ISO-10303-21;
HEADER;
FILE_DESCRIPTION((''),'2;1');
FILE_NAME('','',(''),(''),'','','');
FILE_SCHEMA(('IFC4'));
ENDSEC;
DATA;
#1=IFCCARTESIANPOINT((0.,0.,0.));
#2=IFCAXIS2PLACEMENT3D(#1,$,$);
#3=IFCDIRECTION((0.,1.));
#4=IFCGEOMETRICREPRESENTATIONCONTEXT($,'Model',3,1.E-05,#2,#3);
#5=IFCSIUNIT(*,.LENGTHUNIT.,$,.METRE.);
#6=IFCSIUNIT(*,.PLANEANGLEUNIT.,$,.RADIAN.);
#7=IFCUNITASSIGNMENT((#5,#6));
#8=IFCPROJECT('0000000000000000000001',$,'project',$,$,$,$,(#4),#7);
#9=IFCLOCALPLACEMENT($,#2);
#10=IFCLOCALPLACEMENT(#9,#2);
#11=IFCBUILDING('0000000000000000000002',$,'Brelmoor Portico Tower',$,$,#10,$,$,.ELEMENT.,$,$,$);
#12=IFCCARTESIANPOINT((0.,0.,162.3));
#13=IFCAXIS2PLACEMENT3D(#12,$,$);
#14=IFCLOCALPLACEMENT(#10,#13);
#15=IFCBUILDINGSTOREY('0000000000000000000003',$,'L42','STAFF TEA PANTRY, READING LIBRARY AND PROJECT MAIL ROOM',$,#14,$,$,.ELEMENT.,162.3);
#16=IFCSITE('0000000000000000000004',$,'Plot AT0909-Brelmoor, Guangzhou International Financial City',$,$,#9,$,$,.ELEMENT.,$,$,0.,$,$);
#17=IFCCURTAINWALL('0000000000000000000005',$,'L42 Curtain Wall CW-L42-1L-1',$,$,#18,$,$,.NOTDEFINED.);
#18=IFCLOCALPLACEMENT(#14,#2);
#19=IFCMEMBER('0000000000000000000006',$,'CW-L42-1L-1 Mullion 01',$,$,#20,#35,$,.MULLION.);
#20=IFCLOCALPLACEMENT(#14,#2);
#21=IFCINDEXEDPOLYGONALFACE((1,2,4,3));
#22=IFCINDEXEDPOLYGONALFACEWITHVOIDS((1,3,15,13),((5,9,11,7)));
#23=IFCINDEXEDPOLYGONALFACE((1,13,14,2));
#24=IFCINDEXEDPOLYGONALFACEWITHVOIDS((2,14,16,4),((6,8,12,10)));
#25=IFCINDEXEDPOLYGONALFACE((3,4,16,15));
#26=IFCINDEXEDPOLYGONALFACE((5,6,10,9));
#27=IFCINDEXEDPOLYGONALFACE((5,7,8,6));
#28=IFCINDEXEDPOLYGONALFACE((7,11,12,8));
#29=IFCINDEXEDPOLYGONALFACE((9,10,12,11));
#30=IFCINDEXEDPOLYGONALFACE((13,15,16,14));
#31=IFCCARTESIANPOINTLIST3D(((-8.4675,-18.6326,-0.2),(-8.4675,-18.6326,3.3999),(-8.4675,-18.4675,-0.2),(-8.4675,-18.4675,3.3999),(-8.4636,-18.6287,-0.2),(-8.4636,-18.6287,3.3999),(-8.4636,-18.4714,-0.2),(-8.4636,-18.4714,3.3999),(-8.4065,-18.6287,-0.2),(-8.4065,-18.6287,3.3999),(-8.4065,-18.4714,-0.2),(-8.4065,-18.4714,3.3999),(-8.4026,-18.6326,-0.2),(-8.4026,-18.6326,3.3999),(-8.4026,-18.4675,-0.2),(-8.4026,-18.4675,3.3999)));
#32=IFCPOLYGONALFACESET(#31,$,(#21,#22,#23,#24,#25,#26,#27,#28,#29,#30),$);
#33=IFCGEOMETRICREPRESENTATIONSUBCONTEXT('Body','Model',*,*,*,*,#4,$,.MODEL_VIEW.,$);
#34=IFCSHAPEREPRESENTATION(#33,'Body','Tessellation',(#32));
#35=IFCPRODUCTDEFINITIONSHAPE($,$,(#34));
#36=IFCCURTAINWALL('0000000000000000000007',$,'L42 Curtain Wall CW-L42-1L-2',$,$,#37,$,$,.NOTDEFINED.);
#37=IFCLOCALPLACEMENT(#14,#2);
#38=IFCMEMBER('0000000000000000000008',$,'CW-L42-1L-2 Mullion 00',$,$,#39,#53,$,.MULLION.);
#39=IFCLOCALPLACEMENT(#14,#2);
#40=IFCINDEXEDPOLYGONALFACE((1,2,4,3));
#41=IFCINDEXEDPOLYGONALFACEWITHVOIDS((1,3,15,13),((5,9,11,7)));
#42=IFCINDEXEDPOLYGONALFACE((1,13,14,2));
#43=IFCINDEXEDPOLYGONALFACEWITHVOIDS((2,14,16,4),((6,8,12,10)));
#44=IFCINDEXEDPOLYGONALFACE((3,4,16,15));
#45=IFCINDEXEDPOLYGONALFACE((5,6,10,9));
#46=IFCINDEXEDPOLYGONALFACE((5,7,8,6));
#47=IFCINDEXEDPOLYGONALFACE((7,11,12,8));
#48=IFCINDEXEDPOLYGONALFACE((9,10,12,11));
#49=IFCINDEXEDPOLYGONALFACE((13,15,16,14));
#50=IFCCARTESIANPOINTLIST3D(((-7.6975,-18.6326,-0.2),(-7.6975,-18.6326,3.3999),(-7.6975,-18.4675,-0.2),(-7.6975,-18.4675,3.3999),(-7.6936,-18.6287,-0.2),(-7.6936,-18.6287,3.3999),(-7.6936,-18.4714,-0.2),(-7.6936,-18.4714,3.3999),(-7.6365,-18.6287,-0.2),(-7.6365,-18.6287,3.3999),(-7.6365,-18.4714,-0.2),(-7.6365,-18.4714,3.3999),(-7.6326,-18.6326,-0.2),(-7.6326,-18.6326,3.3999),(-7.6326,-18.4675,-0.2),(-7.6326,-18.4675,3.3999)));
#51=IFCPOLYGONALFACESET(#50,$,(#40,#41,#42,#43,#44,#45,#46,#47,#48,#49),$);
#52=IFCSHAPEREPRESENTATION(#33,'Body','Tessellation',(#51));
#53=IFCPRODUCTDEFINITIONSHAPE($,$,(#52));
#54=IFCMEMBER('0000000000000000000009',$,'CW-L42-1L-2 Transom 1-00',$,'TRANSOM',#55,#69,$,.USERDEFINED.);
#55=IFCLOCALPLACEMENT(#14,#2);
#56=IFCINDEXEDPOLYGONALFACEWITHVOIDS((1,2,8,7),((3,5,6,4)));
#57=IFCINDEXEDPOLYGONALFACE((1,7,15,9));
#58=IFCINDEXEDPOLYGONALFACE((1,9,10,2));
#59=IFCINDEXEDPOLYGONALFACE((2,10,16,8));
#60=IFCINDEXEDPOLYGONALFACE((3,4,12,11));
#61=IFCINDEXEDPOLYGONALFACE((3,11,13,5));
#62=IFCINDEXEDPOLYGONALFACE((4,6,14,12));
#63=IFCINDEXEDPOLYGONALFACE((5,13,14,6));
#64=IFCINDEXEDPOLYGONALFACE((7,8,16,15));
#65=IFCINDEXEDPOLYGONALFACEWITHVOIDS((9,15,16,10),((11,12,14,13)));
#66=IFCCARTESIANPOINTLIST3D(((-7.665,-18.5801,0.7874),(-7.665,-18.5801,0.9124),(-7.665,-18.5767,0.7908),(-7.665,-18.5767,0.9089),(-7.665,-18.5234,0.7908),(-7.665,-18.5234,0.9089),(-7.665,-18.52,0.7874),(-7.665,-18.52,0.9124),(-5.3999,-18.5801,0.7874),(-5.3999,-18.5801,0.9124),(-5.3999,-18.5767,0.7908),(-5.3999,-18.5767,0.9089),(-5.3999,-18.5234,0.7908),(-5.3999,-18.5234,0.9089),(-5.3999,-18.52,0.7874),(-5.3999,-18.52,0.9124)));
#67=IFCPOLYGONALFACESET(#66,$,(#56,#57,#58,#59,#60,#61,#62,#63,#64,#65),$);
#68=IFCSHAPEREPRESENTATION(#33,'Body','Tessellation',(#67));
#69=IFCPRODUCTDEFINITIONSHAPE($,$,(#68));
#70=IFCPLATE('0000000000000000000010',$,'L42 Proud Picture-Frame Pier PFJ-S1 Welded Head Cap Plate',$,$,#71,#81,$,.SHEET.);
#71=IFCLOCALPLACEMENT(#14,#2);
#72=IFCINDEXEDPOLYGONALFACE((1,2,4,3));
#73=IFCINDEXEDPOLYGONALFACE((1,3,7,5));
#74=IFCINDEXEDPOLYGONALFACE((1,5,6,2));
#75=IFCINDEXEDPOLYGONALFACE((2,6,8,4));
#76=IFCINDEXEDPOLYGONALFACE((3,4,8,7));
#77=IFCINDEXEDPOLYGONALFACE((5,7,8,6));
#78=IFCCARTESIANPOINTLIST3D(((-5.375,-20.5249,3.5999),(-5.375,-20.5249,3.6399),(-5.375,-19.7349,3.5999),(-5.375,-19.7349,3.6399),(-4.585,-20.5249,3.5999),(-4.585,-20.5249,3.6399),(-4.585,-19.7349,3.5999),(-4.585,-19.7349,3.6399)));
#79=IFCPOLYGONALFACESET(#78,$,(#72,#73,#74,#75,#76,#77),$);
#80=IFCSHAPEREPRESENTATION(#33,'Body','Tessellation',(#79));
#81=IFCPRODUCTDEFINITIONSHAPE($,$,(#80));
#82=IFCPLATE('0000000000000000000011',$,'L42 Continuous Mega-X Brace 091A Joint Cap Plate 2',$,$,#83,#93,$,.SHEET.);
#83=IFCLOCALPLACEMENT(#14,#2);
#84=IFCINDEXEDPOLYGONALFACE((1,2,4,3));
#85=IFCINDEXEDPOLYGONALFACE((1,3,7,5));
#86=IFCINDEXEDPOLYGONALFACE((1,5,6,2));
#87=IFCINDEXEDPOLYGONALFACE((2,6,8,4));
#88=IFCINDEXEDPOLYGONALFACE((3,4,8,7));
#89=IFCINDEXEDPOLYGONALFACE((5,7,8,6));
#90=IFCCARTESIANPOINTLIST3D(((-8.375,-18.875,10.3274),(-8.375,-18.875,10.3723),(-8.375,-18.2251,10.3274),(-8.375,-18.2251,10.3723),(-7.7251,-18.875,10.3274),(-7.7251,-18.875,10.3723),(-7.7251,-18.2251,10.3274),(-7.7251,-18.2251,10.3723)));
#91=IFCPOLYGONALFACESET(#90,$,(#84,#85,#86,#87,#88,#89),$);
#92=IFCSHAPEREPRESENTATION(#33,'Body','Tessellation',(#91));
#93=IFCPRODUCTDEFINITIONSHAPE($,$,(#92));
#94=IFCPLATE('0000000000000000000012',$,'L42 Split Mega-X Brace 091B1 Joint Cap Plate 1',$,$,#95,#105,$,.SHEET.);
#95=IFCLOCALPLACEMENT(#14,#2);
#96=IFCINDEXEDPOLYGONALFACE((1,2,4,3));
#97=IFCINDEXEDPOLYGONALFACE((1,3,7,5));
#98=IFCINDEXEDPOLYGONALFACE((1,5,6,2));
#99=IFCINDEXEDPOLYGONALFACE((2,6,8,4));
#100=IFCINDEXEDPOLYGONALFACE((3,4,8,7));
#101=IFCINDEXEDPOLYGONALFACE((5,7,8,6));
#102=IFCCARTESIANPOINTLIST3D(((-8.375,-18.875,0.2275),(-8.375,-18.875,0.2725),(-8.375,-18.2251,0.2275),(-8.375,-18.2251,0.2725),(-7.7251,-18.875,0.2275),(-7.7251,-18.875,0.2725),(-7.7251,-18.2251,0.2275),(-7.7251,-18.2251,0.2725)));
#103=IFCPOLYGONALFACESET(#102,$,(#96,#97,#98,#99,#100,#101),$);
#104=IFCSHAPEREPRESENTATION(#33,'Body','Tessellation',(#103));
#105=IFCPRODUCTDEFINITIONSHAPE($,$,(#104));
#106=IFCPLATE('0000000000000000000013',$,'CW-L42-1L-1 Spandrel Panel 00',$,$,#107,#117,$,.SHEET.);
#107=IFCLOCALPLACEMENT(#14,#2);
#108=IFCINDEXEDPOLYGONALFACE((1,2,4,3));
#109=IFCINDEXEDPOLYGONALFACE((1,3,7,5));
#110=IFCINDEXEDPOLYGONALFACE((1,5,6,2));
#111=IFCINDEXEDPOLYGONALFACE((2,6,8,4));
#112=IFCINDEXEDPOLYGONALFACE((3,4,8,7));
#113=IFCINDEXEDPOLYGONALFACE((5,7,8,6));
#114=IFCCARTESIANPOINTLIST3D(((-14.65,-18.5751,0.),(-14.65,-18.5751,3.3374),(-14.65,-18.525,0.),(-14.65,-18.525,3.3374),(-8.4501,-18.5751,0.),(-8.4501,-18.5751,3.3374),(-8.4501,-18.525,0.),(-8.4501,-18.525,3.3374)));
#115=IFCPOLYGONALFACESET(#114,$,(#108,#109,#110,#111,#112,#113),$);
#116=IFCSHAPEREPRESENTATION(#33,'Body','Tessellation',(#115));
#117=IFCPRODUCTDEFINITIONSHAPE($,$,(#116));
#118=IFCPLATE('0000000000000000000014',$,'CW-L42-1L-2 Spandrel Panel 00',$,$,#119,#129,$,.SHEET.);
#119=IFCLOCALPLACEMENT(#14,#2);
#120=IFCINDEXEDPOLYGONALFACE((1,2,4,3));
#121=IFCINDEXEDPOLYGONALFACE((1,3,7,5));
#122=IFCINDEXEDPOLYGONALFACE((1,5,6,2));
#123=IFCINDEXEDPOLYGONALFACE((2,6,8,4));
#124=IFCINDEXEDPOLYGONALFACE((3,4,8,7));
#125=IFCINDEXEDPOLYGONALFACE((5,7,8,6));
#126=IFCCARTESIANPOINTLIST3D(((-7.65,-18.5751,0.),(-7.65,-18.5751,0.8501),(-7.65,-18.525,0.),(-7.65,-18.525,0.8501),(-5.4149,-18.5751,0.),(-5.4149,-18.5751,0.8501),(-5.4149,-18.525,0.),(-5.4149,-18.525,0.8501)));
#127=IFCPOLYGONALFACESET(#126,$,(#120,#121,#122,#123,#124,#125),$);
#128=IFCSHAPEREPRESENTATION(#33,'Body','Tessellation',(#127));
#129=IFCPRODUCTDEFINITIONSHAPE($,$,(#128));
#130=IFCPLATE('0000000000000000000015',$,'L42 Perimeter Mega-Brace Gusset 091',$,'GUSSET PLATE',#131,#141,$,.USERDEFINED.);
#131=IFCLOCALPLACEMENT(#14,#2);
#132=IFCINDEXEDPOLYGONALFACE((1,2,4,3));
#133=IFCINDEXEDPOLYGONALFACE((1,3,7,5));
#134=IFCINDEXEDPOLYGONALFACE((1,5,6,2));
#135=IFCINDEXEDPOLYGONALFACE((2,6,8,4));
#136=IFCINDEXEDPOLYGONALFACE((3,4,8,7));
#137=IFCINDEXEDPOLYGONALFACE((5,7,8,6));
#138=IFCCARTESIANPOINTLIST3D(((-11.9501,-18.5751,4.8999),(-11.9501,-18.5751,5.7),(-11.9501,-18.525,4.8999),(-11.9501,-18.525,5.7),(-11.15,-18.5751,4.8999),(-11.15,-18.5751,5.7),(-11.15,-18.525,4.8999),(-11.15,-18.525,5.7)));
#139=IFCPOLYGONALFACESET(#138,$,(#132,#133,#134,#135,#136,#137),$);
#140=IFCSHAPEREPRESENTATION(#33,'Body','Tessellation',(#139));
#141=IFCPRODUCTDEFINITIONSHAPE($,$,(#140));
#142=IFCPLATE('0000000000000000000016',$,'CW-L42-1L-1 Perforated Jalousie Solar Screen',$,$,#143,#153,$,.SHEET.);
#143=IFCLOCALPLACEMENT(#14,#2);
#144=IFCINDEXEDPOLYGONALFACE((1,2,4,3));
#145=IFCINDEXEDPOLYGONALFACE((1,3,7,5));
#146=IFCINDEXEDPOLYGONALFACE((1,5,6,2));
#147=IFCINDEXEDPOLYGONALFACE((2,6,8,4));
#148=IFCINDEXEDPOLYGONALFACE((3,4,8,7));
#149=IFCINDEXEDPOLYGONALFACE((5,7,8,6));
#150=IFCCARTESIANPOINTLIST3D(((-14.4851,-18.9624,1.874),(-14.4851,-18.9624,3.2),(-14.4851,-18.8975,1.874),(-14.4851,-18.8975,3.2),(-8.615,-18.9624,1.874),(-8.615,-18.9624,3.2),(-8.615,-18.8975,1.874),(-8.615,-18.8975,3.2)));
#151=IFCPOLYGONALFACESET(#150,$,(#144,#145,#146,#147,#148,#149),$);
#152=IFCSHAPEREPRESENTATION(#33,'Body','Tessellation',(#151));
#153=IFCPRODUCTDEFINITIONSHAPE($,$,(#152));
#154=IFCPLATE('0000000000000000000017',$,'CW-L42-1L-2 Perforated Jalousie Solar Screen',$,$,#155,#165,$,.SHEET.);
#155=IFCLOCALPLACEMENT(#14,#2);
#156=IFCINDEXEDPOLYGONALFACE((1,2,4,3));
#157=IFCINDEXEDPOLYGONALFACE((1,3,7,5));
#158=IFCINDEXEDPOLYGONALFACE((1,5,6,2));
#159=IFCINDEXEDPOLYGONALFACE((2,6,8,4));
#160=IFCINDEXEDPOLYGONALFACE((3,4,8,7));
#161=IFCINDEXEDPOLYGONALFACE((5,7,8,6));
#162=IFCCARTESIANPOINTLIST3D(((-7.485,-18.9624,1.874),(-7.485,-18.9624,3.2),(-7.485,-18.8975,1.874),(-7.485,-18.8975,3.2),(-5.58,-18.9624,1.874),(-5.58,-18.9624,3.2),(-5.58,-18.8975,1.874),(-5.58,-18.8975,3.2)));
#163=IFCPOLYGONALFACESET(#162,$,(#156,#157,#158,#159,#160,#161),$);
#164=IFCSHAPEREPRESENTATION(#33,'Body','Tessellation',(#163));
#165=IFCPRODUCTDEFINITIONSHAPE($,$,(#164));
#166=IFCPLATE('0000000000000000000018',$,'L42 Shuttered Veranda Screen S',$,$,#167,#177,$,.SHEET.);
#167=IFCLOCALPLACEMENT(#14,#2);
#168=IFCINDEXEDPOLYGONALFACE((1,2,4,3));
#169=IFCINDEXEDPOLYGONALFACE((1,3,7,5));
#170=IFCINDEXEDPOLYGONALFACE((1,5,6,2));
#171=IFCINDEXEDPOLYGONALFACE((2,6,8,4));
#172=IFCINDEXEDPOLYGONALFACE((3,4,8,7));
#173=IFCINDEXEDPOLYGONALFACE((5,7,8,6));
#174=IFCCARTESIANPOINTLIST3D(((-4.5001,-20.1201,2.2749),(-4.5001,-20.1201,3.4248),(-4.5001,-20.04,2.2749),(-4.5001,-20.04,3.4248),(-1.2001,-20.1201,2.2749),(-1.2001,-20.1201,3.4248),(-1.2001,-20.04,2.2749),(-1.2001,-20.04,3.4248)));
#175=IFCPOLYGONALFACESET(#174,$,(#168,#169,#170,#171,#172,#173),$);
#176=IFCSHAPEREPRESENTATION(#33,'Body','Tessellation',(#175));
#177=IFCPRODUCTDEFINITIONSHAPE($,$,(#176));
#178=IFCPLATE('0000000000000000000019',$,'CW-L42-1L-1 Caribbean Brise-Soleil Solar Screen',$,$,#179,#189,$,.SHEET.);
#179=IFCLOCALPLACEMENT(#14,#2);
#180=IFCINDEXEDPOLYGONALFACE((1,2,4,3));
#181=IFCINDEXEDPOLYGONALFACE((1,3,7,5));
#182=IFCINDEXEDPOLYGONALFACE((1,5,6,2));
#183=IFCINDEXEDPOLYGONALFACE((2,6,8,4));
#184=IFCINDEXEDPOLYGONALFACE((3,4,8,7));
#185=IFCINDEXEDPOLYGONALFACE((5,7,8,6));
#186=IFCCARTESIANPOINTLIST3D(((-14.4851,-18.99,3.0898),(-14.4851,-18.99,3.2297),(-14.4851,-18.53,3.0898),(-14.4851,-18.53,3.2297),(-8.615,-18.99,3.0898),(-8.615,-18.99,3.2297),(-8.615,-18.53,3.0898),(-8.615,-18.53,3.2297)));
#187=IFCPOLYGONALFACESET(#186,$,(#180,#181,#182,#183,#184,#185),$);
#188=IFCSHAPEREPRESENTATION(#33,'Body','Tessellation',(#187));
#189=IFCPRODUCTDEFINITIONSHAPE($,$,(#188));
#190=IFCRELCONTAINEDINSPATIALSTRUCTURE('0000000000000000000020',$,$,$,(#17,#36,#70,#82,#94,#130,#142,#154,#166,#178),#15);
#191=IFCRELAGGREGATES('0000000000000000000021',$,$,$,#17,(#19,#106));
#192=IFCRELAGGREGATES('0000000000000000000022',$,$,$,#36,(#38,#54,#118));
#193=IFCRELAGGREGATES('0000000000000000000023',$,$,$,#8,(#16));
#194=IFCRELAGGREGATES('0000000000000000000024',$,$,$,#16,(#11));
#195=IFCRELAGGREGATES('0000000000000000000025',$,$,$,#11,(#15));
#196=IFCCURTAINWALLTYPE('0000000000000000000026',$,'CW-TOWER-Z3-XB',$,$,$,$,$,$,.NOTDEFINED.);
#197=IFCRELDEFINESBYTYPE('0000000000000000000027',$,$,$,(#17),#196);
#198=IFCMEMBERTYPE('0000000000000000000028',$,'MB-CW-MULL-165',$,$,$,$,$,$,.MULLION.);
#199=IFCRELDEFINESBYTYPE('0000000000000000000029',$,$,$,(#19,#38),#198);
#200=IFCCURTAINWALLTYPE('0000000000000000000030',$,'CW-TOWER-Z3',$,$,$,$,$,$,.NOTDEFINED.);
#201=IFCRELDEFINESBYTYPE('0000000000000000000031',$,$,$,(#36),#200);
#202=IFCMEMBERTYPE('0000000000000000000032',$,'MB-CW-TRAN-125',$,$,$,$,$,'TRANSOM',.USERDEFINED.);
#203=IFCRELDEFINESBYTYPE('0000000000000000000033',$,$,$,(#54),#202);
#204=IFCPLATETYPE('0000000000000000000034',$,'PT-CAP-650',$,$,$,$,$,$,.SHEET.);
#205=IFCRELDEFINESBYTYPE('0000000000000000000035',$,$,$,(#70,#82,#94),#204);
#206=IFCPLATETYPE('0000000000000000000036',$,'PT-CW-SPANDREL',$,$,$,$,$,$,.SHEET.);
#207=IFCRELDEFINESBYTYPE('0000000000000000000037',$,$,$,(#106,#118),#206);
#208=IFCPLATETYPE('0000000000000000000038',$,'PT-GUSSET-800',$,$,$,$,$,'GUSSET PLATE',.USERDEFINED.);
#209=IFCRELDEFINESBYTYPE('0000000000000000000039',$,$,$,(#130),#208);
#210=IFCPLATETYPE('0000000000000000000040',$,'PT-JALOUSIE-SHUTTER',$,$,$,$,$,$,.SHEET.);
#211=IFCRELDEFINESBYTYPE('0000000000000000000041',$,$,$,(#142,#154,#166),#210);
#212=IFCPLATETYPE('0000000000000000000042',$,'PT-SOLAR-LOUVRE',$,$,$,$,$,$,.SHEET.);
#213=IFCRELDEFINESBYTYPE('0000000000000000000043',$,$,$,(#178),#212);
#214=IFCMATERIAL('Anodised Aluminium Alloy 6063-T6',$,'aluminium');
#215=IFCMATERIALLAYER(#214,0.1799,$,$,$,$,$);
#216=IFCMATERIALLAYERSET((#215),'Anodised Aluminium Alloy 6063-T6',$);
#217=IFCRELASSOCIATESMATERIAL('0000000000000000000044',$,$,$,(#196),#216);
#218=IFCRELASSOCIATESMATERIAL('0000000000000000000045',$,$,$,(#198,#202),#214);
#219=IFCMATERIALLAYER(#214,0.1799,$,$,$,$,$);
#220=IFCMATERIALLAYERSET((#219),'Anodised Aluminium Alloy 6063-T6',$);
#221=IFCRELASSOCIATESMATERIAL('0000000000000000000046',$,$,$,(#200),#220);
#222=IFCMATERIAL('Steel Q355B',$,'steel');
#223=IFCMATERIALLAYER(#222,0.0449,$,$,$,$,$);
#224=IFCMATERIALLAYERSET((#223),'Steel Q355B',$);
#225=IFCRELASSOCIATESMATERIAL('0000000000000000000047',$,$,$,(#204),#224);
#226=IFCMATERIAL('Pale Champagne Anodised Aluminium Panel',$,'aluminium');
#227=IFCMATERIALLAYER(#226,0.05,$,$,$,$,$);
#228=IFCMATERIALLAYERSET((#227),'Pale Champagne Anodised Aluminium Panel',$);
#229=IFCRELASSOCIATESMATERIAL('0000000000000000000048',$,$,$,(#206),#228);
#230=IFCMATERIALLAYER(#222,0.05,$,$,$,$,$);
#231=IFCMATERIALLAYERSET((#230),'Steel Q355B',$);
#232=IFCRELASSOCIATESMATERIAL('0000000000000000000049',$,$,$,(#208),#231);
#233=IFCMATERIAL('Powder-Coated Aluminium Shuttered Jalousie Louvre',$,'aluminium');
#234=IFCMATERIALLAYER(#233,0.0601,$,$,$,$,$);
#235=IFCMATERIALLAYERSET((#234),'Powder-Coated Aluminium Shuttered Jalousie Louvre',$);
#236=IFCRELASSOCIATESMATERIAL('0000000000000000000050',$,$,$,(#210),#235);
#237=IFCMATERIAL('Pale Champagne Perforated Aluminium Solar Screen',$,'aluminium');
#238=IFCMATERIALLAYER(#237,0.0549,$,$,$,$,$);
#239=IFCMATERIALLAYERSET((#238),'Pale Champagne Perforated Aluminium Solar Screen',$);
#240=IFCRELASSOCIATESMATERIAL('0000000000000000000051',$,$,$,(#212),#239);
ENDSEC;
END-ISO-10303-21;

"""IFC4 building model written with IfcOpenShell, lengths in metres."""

from ifc_helpers import new_model, si_unit, direction, frame, origin, origin_2d, place, context, subcontext, project, spatial, rectangle, hollow_rectangle, extrude, material, layer, layer_set, material_profile, profile_set, type_object, element, aggregate, save


model = new_model("IFC4")

# Units and contexts
model_context = context("Model", 3, precision=1e-05, world=origin(), true_north=direction((0.0, 1.0)))
body_context = subcontext(model_context, "Body", "Model", "MODEL_VIEW")
ifc_project = project(units=[si_unit("LENGTHUNIT", "METRE"), si_unit("PLANEANGLEUNIT", "RADIAN")], contexts=[model_context])

# Site, building, storey
site_placement = place(None, origin())
site = spatial("IfcSite", under=ifc_project, at=site_placement, Name="Plot AT0909-Brelmoor, Guangzhou International Financial City", CompositionType="ELEMENT", RefElevation=0.0)
building_placement = place(site_placement, origin())
building = spatial("IfcBuilding", under=site, at=building_placement, Name="Brelmoor Portico Tower", CompositionType="ELEMENT")
storey_placement = place(building_placement, frame((0.0, 0.0, 162.3)))
storey = spatial("IfcBuildingStorey", under=building, at=storey_placement, Name="L42", Description="STAFF TEA PANTRY, READING LIBRARY AND PROJECT MAIL ROOM", CompositionType="ELEMENT", Elevation=162.3)

# Shared definitions
ifc_material_1 = material(Name="Steel Q355B", Category="steel")

# Curtain wall, member
ifc_material_2 = material(Name="Anodised Aluminium Alloy 6063-T6", Category="aluminium")
ifc_layer_1 = layer(ifc_material_2, 0.1799)
ifc_layer_set_1 = layer_set([ifc_layer_1], Name="Anodised Aluminium Alloy 6063-T6")
curtain_wall_type_1 = type_object("IfcCurtainWallType", Name="CW-TOWER-Z3-XB", PredefinedType="NOTDEFINED", material=ifc_layer_set_1)
curtain_wall_1_placement = place(storey_placement, origin())
curtain_wall_1 = element("IfcCurtainWall", 1, at=curtain_wall_1_placement, inside=storey, type_object=curtain_wall_type_1, Name="L42 Curtain Wall CW-L42-1L-1", PredefinedType="NOTDEFINED")
ifc_material_profile_1 = material_profile(ifc_material_2, hollow_rectangle(XDim=0.0649, YDim=0.165, WallThickness=0.0039, at=origin_2d()), Name="ALU MULLION 65x165")
ifc_profile_set_1 = profile_set([ifc_material_profile_1], Name="Anodised Aluminium Alloy 6063-T6")
member_type_1 = type_object("IfcMemberType", Name="MB-CW-MULL-165", PredefinedType="MULLION", material=ifc_profile_set_1)
member_1_placement = place(storey_placement, frame((-8.4351, -18.55, -0.2), z_axis=(0.0, 0.0, 1.0), x_axis=(1.0, 0.0, 0.0)))
member_1 = element("IfcMember", 2, at=member_1_placement, type_object=member_type_1, Name="CW-L42-1L-1 Mullion 01", PredefinedType="MULLION", context=body_context, shape_type="SweptSolid", body=[
    extrude(hollow_rectangle(XDim=0.0649, YDim=0.165, WallThickness=0.0039, at=origin_2d()), origin(), (0.0, 0.0, 1.0), 3.5999),
])

# Curtain wall, members
ifc_layer_2 = layer(ifc_material_2, 0.1799)
ifc_layer_set_2 = layer_set([ifc_layer_2], Name="Anodised Aluminium Alloy 6063-T6")
curtain_wall_type_2 = type_object("IfcCurtainWallType", Name="CW-TOWER-Z3", PredefinedType="NOTDEFINED", material=ifc_layer_set_2)
curtain_wall_2_placement = place(storey_placement, origin())
curtain_wall_2 = element("IfcCurtainWall", 3, at=curtain_wall_2_placement, inside=storey, type_object=curtain_wall_type_2, Name="L42 Curtain Wall CW-L42-1L-2", PredefinedType="NOTDEFINED")
member_2_placement = place(storey_placement, frame((-7.665, -18.55, -0.2), z_axis=(0.0, 0.0, 1.0), x_axis=(1.0, 0.0, 0.0)))
member_2 = element("IfcMember", 4, at=member_2_placement, type_object=member_type_1, Name="CW-L42-1L-2 Mullion 00", PredefinedType="MULLION", context=body_context, shape_type="SweptSolid", body=[
    extrude(hollow_rectangle(XDim=0.0649, YDim=0.165, WallThickness=0.0039, at=origin_2d()), origin(), (0.0, 0.0, 1.0), 3.5999),
])
ifc_material_profile_2 = material_profile(ifc_material_2, hollow_rectangle(XDim=0.0601, YDim=0.125, WallThickness=0.0034, at=origin_2d()), Name="ALU TRANSOM 60x125")
ifc_profile_set_2 = profile_set([ifc_material_profile_2], Name="Anodised Aluminium Alloy 6063-T6")
member_type_2 = type_object("IfcMemberType", Name="MB-CW-TRAN-125", ElementType="TRANSOM", PredefinedType="USERDEFINED", material=ifc_profile_set_2)
member_3_placement = place(storey_placement, frame((-7.665, -18.55, 0.8499), z_axis=(1.0, 0.0, 0.0), x_axis=(0.0, 1.0, 0.0)))
member_3 = element("IfcMember", 5, at=member_3_placement, type_object=member_type_2, Name="CW-L42-1L-2 Transom 1-00", ObjectType="TRANSOM", PredefinedType="USERDEFINED", context=body_context, shape_type="SweptSolid", body=[
    extrude(hollow_rectangle(XDim=0.0601, YDim=0.125, WallThickness=0.0034, at=origin_2d()), origin(), (0.0, 0.0, 1.0), 2.2651),
])

# Plates
ifc_layer_3 = layer(ifc_material_1, 0.0449)
ifc_layer_set_3 = layer_set([ifc_layer_3], Name="Steel Q355B")
plate_type_1 = type_object("IfcPlateType", Name="PT-CAP-650", PredefinedType="SHEET", material=ifc_layer_set_3)
plate_1_placement = place(storey_placement, frame((-4.98, -20.1299, 3.5999), z_axis=(0.0, 0.0, 1.0), x_axis=(1.0, 0.0, 0.0)))
element("IfcPlate", 6, at=plate_1_placement, inside=storey, type_object=plate_type_1, Name="L42 Proud Picture-Frame Pier PFJ-S1 Welded Head Cap Plate", PredefinedType="SHEET", context=body_context, shape_type="SweptSolid", body=[
    extrude(rectangle(XDim=0.79, YDim=0.79, at=origin_2d()), origin(), (0.0, 0.0, 1.0), 0.04),
])
for number, where, z_axis, x_axis, name in (
    (7, (-8.05, -18.55, 10.3274), (0.0, 0.0, 1.0), (1.0, 0.0, 0.0), "L42 Continuous Mega-X Brace 091A Joint Cap Plate 2"),
    (8, (-8.05, -18.55, 0.2275), (0.0, 0.0, 1.0), (1.0, 0.0, 0.0), "L42 Split Mega-X Brace 091B1 Joint Cap Plate 1"),
):
    element("IfcPlate", number, at=place(storey_placement, frame(where, z_axis=z_axis, x_axis=x_axis)), inside=storey, type_object=plate_type_1, Name=name, PredefinedType="SHEET", context=body_context, shape_type="SweptSolid", body=[
        extrude(rectangle(XDim=0.6499, YDim=0.6499, at=origin_2d()), origin(), (0.0, 0.0, 1.0), 0.0449),
    ])

# Plates
ifc_material_3 = material(Name="Pale Champagne Anodised Aluminium Panel", Category="aluminium")
ifc_layer_4 = layer(ifc_material_3, 0.05)
ifc_layer_set_4 = layer_set([ifc_layer_4], Name="Pale Champagne Anodised Aluminium Panel")
plate_type_2 = type_object("IfcPlateType", Name="PT-CW-SPANDREL", PredefinedType="SHEET", material=ifc_layer_set_4)
plate_2_placement = place(storey_placement, frame((-11.55, -18.55, 0.0), z_axis=(0.0, 0.0, 1.0), x_axis=(1.0, 0.0, 0.0)))
plate_2 = element("IfcPlate", 9, at=plate_2_placement, type_object=plate_type_2, Name="CW-L42-1L-1 Spandrel Panel 00", PredefinedType="SHEET", context=body_context, shape_type="SweptSolid", body=[
    extrude(rectangle(XDim=6.2, YDim=0.05, at=origin_2d()), origin(), (0.0, 0.0, 1.0), 3.3374),
])
aggregate(curtain_wall_1, [member_1, plate_2])
plate_3_placement = place(storey_placement, frame((-6.5325, -18.55, 0.0), z_axis=(0.0, 0.0, 1.0), x_axis=(1.0, 0.0, 0.0)))
plate_3 = element("IfcPlate", 10, at=plate_3_placement, type_object=plate_type_2, Name="CW-L42-1L-2 Spandrel Panel 00", PredefinedType="SHEET", context=body_context, shape_type="SweptSolid", body=[
    extrude(rectangle(XDim=2.2351, YDim=0.05, at=origin_2d()), origin(), (0.0, 0.0, 1.0), 0.8501),
])
aggregate(curtain_wall_2, [member_2, member_3, plate_3])

# Plates
ifc_layer_5 = layer(ifc_material_1, 0.05)
ifc_layer_set_5 = layer_set([ifc_layer_5], Name="Steel Q355B")
plate_type_3 = type_object("IfcPlateType", Name="PT-GUSSET-800", ElementType="GUSSET PLATE", PredefinedType="USERDEFINED", material=ifc_layer_set_5)
plate_4_placement = place(storey_placement, frame((-11.55, -18.55, 4.8999), z_axis=(0.0, 0.0, 1.0), x_axis=(1.0, 0.0, 0.0)))
element("IfcPlate", 11, at=plate_4_placement, inside=storey, type_object=plate_type_3, Name="L42 Perimeter Mega-Brace Gusset 091", ObjectType="GUSSET PLATE", PredefinedType="USERDEFINED", context=body_context, shape_type="SweptSolid", body=[
    extrude(rectangle(XDim=0.8, YDim=0.05, at=origin_2d()), origin(), (0.0, 0.0, 1.0), 0.8),
])
ifc_material_4 = material(Name="Powder-Coated Aluminium Shuttered Jalousie Louvre", Category="aluminium")
ifc_layer_6 = layer(ifc_material_4, 0.0601)
ifc_layer_set_6 = layer_set([ifc_layer_6], Name="Powder-Coated Aluminium Shuttered Jalousie Louvre")
plate_type_4 = type_object("IfcPlateType", Name="PT-JALOUSIE-SHUTTER", PredefinedType="SHEET", material=ifc_layer_set_6)
plate_5_placement = place(storey_placement, frame((-11.55, -18.9299, 1.874), z_axis=(0.0, 0.0, 1.0), x_axis=(1.0, 0.0, 0.0)))
element("IfcPlate", 12, at=plate_5_placement, inside=storey, type_object=plate_type_4, Name="CW-L42-1L-1 Perforated Jalousie Solar Screen", PredefinedType="SHEET", context=body_context, shape_type="SweptSolid", body=[
    extrude(rectangle(XDim=5.8701, YDim=0.0649, at=origin_2d()), origin(), (0.0, 0.0, 1.0), 1.3259),
])
plate_6_placement = place(storey_placement, frame((-6.5325, -18.9299, 1.874), z_axis=(0.0, 0.0, 1.0), x_axis=(1.0, 0.0, 0.0)))
element("IfcPlate", 13, at=plate_6_placement, inside=storey, type_object=plate_type_4, Name="CW-L42-1L-2 Perforated Jalousie Solar Screen", PredefinedType="SHEET", context=body_context, shape_type="SweptSolid", body=[
    extrude(rectangle(XDim=1.905, YDim=0.0649, at=origin_2d()), origin(), (0.0, 0.0, 1.0), 1.3259),
])
plate_7_placement = place(storey_placement, frame((-2.8501, -20.0801, 2.2749), z_axis=(0.0, 0.0, 1.0), x_axis=(1.0, 0.0, 0.0)))
element("IfcPlate", 14, at=plate_7_placement, inside=storey, type_object=plate_type_4, Name="L42 Shuttered Veranda Screen S", PredefinedType="SHEET", context=body_context, shape_type="SweptSolid", body=[
    extrude(rectangle(XDim=3.3, YDim=0.0801, at=origin_2d()), origin(), (0.0, 0.0, 1.0), 1.1499),
])
ifc_material_5 = material(Name="Pale Champagne Perforated Aluminium Solar Screen", Category="aluminium")
ifc_layer_7 = layer(ifc_material_5, 0.0549)
ifc_layer_set_7 = layer_set([ifc_layer_7], Name="Pale Champagne Perforated Aluminium Solar Screen")
plate_type_5 = type_object("IfcPlateType", Name="PT-SOLAR-LOUVRE", PredefinedType="SHEET", material=ifc_layer_set_7)
plate_8_placement = place(storey_placement, frame((-11.55, -18.76, 3.0898), z_axis=(0.0, 0.0, 1.0), x_axis=(1.0, 0.0, 0.0)))
element("IfcPlate", 15, at=plate_8_placement, inside=storey, type_object=plate_type_5, Name="CW-L42-1L-1 Caribbean Brise-Soleil Solar Screen", PredefinedType="SHEET", context=body_context, shape_type="SweptSolid", body=[
    extrude(rectangle(XDim=5.8701, YDim=0.46, at=origin_2d()), origin(), (0.0, 0.0, 1.0), 0.1399),
])

save(model, "model.ifc")
